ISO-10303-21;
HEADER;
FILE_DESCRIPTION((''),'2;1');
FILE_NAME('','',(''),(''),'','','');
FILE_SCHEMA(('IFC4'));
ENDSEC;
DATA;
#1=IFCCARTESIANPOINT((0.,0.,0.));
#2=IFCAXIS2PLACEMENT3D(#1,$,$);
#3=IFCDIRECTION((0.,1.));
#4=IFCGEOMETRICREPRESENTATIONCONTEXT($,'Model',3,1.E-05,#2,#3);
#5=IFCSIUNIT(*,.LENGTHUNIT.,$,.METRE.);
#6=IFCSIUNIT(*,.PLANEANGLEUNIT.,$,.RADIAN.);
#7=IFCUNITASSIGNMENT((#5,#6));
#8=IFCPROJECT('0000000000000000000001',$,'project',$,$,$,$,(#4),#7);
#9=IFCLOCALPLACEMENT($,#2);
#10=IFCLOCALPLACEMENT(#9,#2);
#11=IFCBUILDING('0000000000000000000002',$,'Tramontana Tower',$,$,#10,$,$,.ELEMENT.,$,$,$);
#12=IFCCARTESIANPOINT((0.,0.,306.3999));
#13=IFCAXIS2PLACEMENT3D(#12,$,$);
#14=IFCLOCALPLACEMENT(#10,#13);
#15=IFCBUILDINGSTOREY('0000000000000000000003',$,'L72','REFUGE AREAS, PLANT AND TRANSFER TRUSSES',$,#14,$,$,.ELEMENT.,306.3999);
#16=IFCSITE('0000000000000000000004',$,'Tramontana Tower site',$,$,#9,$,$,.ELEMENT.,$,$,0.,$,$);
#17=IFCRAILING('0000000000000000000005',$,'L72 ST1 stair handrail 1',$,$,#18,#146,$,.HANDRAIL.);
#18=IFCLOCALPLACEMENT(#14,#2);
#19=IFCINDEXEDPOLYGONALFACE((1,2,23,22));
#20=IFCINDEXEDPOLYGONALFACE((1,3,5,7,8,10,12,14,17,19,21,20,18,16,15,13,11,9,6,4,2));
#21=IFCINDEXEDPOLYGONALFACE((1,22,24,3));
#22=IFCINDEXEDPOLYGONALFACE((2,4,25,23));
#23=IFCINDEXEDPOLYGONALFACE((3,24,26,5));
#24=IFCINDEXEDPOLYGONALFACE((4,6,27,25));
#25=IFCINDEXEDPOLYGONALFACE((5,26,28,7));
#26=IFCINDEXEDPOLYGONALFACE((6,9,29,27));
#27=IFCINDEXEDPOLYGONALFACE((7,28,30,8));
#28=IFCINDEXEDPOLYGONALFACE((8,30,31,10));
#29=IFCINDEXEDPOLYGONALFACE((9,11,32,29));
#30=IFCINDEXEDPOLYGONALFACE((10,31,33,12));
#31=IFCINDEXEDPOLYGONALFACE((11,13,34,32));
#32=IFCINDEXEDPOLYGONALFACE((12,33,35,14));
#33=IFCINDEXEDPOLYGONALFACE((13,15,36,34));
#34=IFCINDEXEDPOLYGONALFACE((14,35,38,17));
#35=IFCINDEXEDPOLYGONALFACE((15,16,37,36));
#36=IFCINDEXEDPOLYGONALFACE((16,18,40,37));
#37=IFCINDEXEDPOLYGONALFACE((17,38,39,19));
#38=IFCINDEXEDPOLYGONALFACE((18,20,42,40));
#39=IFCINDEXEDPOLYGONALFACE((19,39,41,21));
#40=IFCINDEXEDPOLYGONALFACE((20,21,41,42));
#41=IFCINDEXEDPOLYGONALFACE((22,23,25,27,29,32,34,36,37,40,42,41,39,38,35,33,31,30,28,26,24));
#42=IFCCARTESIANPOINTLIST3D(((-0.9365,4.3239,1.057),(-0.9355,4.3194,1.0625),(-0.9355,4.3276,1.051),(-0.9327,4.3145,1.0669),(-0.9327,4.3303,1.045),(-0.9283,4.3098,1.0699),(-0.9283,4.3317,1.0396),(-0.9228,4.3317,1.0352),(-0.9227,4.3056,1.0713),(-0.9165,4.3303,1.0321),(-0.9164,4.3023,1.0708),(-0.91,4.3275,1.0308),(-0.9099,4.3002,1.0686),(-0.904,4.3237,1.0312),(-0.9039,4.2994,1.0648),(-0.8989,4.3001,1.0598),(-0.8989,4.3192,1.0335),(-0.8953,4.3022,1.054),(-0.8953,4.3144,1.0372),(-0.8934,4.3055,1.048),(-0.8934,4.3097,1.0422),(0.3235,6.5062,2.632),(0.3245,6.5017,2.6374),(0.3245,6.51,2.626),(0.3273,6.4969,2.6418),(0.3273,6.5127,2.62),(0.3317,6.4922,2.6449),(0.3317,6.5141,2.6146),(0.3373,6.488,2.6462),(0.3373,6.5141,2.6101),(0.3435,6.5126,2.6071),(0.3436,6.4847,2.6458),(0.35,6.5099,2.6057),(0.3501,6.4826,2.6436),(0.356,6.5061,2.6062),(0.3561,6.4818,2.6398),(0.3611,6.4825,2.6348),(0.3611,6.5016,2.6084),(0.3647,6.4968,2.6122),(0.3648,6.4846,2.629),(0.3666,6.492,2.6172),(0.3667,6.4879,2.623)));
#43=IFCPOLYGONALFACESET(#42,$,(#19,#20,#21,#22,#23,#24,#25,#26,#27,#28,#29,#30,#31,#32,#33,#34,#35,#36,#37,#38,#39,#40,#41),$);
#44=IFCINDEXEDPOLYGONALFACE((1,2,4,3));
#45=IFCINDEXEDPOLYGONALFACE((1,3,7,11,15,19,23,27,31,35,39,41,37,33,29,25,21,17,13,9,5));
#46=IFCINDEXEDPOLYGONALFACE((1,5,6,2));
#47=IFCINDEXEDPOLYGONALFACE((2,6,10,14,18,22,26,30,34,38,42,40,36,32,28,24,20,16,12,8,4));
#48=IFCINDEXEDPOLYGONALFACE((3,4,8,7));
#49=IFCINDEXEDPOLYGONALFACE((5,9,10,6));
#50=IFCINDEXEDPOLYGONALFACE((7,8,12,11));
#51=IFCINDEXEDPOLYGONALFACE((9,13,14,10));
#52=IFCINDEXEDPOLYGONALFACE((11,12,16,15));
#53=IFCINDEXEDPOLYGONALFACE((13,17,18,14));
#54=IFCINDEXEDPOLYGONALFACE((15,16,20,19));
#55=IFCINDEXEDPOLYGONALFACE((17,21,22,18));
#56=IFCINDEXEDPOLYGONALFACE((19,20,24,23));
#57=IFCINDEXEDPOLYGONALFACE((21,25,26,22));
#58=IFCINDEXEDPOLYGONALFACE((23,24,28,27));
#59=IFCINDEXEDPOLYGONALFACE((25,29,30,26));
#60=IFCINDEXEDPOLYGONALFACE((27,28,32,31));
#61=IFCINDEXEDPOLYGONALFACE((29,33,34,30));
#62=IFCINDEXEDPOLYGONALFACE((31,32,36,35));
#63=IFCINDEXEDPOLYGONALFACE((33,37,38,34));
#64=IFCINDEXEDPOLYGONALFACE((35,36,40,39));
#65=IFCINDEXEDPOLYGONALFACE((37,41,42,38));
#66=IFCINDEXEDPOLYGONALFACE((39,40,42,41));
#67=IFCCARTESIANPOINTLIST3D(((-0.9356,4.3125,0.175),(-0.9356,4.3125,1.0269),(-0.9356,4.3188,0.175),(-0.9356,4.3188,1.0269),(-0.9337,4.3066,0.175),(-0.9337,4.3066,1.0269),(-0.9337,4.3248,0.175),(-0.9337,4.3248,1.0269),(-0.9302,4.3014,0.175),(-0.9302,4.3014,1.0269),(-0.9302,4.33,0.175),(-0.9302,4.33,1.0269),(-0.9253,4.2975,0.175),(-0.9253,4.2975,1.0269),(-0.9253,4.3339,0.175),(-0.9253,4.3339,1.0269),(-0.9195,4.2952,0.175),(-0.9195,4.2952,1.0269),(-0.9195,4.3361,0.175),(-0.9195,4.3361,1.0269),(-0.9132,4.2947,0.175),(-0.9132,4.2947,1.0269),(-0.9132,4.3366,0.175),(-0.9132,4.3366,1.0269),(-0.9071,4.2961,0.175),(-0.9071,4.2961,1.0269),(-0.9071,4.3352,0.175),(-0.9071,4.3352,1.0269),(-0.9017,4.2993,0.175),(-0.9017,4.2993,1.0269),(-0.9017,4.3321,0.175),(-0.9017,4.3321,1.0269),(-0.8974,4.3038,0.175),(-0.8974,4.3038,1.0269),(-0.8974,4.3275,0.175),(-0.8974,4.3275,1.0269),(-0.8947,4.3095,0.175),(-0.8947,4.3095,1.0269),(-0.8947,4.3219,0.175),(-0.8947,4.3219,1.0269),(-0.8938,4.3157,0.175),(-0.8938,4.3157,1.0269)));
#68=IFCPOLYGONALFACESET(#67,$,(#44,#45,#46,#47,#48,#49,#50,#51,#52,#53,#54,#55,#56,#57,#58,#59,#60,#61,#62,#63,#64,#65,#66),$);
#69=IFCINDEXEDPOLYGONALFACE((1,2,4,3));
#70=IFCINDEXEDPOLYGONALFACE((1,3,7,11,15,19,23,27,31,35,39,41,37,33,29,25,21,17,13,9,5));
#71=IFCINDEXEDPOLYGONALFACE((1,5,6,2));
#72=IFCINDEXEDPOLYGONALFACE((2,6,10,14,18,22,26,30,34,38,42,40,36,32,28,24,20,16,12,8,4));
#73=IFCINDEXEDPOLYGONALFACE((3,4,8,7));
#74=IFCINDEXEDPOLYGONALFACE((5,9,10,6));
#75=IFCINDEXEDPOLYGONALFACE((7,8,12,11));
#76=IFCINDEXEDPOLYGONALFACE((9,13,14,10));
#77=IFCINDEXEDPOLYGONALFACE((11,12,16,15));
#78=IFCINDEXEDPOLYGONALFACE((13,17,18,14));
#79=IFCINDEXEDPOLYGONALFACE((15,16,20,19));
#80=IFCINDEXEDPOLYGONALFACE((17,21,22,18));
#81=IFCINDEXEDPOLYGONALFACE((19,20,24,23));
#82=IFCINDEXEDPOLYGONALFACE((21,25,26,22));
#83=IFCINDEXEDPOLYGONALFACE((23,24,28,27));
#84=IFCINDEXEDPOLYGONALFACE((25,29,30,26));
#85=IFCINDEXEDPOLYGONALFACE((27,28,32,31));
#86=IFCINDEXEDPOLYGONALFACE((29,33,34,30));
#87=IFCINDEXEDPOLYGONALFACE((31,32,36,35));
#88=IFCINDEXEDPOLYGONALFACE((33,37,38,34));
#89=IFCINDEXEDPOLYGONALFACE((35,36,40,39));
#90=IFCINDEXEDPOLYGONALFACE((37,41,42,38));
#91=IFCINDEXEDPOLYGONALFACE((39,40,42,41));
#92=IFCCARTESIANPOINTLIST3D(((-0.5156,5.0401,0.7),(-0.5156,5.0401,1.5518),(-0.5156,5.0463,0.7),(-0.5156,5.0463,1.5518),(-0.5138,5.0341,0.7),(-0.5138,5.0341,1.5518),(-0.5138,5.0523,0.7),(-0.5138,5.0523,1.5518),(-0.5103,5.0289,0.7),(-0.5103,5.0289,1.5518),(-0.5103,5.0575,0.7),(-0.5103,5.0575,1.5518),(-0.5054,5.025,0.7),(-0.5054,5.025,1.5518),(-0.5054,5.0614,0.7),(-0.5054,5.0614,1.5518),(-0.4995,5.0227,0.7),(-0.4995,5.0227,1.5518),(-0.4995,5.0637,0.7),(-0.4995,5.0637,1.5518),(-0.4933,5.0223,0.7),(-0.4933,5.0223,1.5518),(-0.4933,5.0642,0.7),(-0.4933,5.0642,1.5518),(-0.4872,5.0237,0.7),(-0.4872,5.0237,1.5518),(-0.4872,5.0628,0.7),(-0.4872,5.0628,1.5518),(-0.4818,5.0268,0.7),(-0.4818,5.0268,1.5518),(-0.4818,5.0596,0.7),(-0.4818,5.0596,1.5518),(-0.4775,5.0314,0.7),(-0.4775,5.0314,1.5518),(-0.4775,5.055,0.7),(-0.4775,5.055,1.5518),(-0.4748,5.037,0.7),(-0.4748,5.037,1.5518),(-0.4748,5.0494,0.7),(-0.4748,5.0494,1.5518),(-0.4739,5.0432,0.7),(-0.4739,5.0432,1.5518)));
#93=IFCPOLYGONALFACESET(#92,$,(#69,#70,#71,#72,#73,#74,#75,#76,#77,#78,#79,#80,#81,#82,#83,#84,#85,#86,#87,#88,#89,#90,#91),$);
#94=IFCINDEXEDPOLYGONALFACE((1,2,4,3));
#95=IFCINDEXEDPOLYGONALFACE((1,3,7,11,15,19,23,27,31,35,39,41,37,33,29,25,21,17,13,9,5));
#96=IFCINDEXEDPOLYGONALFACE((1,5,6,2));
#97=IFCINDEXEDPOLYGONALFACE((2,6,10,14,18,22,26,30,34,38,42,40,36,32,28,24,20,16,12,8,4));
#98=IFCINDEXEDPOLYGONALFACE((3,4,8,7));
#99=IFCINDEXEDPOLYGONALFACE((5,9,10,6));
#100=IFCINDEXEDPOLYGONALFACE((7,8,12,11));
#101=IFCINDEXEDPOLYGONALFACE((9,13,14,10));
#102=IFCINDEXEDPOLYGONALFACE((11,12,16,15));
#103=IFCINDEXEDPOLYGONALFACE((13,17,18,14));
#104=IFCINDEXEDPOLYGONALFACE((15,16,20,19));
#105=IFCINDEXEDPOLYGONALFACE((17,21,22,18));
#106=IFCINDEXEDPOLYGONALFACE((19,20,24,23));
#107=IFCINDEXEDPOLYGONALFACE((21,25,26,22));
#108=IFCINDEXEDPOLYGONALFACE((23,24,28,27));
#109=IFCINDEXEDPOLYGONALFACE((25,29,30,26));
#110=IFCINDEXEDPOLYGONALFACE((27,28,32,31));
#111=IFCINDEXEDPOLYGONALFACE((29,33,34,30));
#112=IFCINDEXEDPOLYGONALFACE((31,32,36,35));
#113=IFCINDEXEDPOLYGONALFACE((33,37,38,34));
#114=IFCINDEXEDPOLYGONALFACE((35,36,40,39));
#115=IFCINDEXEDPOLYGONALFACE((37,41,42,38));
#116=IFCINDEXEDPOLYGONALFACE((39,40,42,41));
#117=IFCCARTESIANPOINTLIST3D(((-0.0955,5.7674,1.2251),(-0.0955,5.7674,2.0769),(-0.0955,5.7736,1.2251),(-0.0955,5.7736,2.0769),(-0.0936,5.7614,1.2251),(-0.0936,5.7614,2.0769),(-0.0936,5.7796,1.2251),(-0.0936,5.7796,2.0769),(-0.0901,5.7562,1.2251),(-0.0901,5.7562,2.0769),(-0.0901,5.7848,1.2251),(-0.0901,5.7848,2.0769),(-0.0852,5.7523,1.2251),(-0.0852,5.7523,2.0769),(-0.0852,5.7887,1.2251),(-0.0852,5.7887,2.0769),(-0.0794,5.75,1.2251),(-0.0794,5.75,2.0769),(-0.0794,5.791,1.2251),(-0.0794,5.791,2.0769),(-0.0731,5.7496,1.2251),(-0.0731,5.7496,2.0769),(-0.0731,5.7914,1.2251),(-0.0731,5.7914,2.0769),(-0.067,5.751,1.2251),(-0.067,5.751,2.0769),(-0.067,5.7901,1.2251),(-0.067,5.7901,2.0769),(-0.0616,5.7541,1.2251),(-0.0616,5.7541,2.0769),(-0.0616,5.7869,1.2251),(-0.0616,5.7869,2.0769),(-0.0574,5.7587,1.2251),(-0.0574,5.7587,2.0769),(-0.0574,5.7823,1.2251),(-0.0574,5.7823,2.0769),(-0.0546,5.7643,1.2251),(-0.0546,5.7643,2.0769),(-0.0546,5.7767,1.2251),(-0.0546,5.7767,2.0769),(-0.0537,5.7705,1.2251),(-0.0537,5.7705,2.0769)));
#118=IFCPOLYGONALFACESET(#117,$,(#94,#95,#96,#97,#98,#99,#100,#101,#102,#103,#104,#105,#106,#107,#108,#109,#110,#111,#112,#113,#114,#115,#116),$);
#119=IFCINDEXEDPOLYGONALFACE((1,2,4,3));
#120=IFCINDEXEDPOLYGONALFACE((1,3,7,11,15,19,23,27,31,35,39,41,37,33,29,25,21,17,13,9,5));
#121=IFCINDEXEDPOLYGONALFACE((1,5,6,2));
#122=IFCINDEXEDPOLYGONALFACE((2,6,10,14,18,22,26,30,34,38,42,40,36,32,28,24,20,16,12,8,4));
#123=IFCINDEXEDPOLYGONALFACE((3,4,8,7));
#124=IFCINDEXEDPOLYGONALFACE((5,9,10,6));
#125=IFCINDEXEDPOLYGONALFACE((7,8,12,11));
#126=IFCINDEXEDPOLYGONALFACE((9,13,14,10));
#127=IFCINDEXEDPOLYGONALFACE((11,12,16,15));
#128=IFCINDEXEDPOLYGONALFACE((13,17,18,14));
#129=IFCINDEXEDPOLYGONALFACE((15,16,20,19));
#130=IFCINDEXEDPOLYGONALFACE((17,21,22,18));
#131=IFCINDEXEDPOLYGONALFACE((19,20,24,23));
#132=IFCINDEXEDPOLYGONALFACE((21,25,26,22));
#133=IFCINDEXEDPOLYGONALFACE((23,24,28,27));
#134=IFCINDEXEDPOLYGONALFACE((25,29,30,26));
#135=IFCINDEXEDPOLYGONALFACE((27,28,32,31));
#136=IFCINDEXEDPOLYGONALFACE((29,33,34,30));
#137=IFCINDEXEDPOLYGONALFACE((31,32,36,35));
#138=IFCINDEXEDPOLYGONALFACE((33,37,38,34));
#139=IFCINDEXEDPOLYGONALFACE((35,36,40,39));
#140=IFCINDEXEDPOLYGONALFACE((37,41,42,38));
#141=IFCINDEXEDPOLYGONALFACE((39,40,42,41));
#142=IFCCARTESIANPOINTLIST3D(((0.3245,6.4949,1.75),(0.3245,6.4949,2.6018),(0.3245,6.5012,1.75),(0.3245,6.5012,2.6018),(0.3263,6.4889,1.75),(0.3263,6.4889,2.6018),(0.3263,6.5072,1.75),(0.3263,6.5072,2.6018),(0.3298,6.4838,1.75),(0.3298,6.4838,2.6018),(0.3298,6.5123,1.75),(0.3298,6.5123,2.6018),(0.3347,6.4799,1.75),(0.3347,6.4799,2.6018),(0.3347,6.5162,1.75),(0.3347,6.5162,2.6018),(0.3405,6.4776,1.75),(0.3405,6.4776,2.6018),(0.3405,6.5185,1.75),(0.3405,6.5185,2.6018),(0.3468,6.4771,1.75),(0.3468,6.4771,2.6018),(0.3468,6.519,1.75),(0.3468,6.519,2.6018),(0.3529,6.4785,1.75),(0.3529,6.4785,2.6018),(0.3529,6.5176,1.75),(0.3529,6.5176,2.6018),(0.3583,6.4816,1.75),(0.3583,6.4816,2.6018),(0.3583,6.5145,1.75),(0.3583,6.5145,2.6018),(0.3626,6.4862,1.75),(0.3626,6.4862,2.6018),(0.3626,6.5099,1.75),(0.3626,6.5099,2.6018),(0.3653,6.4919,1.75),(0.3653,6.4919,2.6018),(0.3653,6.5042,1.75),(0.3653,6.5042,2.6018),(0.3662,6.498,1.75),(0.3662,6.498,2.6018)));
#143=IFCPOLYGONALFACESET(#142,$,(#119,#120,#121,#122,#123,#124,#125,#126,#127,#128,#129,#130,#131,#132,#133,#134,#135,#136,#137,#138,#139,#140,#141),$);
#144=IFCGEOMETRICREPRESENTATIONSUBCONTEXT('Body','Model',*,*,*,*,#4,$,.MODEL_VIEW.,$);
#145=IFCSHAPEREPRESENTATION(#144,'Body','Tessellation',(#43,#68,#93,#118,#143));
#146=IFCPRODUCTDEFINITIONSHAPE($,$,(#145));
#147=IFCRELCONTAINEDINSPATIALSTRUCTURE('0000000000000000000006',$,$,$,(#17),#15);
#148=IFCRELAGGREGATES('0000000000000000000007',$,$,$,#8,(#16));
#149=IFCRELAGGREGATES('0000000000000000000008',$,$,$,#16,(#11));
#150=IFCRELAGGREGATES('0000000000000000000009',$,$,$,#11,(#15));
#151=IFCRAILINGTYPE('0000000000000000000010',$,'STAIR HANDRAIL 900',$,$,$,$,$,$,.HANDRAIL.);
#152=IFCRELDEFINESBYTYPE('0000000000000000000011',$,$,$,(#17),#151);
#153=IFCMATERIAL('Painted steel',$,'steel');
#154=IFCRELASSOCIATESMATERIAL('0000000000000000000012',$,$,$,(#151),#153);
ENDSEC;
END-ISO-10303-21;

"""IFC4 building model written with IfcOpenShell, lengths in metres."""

from ifc_helpers import new_model, si_unit, direction, frame, origin, origin_2d, place, context, subcontext, project, spatial, circle, extrude, material, type_object, element, save


model = new_model("IFC4")

# Units and contexts
model_context = context("Model", 3, precision=1e-05, world=origin(), true_north=direction((0.0, 1.0)))
body_context = subcontext(model_context, "Body", "Model", "MODEL_VIEW")
ifc_project = project(units=[si_unit("LENGTHUNIT", "METRE"), si_unit("PLANEANGLEUNIT", "RADIAN")], contexts=[model_context])

# Site, building, storey
site_placement = place(None, origin())
site = spatial("IfcSite", under=ifc_project, at=site_placement, Name="Tramontana Tower site", CompositionType="ELEMENT", RefElevation=0.0)
building_placement = place(site_placement, origin())
building = spatial("IfcBuilding", under=site, at=building_placement, Name="Tramontana Tower", CompositionType="ELEMENT")
storey_placement = place(building_placement, frame((0.0, 0.0, 306.3999)))
storey = spatial("IfcBuildingStorey", under=building, at=storey_placement, Name="L72", Description="REFUGE AREAS, PLANT AND TRANSFER TRUSSES", CompositionType="ELEMENT", Elevation=306.3999)

# Railing
ifc_material_1 = material(Name="Painted steel", Category="steel")
railing_type_1 = type_object("IfcRailingType", Name="STAIR HANDRAIL 900", PredefinedType="HANDRAIL", material=ifc_material_1)
railing_1_placement = place(storey_placement, frame((-0.9148, 4.3157, 0.175)))
element("IfcRailing", 1, at=railing_1_placement, inside=storey, type_object=railing_type_1, Name="L72 ST1 stair handrail 1", PredefinedType="HANDRAIL", context=body_context, shape_type="SweptSolid", body=[
    extrude(circle(Radius=0.0239, at=origin_2d()), frame((0.0, 0.0, 0.876), z_axis=(0.424007, 0.734392, 0.529988), x_axis=(-0.866023, 0.500005, 0.0)), (0.0, 0.0, 1.0), 2.9717),
    extrude(circle(Radius=0.021, at=origin_2d()), origin(), (0.0, 0.0, 1.0), 0.8518),
    extrude(circle(Radius=0.021, at=origin_2d()), frame((0.4199, 0.7275, 0.5249)), (0.0, 0.0, 1.0), 0.8518),
    extrude(circle(Radius=0.021, at=origin_2d()), frame((0.8401, 1.4548, 1.05)), (0.0, 0.0, 1.0), 0.8518),
    extrude(circle(Radius=0.021, at=origin_2d()), frame((1.26, 2.1824, 1.575)), (0.0, 0.0, 1.0), 0.8518),
])

save(model, "model.ifc")
